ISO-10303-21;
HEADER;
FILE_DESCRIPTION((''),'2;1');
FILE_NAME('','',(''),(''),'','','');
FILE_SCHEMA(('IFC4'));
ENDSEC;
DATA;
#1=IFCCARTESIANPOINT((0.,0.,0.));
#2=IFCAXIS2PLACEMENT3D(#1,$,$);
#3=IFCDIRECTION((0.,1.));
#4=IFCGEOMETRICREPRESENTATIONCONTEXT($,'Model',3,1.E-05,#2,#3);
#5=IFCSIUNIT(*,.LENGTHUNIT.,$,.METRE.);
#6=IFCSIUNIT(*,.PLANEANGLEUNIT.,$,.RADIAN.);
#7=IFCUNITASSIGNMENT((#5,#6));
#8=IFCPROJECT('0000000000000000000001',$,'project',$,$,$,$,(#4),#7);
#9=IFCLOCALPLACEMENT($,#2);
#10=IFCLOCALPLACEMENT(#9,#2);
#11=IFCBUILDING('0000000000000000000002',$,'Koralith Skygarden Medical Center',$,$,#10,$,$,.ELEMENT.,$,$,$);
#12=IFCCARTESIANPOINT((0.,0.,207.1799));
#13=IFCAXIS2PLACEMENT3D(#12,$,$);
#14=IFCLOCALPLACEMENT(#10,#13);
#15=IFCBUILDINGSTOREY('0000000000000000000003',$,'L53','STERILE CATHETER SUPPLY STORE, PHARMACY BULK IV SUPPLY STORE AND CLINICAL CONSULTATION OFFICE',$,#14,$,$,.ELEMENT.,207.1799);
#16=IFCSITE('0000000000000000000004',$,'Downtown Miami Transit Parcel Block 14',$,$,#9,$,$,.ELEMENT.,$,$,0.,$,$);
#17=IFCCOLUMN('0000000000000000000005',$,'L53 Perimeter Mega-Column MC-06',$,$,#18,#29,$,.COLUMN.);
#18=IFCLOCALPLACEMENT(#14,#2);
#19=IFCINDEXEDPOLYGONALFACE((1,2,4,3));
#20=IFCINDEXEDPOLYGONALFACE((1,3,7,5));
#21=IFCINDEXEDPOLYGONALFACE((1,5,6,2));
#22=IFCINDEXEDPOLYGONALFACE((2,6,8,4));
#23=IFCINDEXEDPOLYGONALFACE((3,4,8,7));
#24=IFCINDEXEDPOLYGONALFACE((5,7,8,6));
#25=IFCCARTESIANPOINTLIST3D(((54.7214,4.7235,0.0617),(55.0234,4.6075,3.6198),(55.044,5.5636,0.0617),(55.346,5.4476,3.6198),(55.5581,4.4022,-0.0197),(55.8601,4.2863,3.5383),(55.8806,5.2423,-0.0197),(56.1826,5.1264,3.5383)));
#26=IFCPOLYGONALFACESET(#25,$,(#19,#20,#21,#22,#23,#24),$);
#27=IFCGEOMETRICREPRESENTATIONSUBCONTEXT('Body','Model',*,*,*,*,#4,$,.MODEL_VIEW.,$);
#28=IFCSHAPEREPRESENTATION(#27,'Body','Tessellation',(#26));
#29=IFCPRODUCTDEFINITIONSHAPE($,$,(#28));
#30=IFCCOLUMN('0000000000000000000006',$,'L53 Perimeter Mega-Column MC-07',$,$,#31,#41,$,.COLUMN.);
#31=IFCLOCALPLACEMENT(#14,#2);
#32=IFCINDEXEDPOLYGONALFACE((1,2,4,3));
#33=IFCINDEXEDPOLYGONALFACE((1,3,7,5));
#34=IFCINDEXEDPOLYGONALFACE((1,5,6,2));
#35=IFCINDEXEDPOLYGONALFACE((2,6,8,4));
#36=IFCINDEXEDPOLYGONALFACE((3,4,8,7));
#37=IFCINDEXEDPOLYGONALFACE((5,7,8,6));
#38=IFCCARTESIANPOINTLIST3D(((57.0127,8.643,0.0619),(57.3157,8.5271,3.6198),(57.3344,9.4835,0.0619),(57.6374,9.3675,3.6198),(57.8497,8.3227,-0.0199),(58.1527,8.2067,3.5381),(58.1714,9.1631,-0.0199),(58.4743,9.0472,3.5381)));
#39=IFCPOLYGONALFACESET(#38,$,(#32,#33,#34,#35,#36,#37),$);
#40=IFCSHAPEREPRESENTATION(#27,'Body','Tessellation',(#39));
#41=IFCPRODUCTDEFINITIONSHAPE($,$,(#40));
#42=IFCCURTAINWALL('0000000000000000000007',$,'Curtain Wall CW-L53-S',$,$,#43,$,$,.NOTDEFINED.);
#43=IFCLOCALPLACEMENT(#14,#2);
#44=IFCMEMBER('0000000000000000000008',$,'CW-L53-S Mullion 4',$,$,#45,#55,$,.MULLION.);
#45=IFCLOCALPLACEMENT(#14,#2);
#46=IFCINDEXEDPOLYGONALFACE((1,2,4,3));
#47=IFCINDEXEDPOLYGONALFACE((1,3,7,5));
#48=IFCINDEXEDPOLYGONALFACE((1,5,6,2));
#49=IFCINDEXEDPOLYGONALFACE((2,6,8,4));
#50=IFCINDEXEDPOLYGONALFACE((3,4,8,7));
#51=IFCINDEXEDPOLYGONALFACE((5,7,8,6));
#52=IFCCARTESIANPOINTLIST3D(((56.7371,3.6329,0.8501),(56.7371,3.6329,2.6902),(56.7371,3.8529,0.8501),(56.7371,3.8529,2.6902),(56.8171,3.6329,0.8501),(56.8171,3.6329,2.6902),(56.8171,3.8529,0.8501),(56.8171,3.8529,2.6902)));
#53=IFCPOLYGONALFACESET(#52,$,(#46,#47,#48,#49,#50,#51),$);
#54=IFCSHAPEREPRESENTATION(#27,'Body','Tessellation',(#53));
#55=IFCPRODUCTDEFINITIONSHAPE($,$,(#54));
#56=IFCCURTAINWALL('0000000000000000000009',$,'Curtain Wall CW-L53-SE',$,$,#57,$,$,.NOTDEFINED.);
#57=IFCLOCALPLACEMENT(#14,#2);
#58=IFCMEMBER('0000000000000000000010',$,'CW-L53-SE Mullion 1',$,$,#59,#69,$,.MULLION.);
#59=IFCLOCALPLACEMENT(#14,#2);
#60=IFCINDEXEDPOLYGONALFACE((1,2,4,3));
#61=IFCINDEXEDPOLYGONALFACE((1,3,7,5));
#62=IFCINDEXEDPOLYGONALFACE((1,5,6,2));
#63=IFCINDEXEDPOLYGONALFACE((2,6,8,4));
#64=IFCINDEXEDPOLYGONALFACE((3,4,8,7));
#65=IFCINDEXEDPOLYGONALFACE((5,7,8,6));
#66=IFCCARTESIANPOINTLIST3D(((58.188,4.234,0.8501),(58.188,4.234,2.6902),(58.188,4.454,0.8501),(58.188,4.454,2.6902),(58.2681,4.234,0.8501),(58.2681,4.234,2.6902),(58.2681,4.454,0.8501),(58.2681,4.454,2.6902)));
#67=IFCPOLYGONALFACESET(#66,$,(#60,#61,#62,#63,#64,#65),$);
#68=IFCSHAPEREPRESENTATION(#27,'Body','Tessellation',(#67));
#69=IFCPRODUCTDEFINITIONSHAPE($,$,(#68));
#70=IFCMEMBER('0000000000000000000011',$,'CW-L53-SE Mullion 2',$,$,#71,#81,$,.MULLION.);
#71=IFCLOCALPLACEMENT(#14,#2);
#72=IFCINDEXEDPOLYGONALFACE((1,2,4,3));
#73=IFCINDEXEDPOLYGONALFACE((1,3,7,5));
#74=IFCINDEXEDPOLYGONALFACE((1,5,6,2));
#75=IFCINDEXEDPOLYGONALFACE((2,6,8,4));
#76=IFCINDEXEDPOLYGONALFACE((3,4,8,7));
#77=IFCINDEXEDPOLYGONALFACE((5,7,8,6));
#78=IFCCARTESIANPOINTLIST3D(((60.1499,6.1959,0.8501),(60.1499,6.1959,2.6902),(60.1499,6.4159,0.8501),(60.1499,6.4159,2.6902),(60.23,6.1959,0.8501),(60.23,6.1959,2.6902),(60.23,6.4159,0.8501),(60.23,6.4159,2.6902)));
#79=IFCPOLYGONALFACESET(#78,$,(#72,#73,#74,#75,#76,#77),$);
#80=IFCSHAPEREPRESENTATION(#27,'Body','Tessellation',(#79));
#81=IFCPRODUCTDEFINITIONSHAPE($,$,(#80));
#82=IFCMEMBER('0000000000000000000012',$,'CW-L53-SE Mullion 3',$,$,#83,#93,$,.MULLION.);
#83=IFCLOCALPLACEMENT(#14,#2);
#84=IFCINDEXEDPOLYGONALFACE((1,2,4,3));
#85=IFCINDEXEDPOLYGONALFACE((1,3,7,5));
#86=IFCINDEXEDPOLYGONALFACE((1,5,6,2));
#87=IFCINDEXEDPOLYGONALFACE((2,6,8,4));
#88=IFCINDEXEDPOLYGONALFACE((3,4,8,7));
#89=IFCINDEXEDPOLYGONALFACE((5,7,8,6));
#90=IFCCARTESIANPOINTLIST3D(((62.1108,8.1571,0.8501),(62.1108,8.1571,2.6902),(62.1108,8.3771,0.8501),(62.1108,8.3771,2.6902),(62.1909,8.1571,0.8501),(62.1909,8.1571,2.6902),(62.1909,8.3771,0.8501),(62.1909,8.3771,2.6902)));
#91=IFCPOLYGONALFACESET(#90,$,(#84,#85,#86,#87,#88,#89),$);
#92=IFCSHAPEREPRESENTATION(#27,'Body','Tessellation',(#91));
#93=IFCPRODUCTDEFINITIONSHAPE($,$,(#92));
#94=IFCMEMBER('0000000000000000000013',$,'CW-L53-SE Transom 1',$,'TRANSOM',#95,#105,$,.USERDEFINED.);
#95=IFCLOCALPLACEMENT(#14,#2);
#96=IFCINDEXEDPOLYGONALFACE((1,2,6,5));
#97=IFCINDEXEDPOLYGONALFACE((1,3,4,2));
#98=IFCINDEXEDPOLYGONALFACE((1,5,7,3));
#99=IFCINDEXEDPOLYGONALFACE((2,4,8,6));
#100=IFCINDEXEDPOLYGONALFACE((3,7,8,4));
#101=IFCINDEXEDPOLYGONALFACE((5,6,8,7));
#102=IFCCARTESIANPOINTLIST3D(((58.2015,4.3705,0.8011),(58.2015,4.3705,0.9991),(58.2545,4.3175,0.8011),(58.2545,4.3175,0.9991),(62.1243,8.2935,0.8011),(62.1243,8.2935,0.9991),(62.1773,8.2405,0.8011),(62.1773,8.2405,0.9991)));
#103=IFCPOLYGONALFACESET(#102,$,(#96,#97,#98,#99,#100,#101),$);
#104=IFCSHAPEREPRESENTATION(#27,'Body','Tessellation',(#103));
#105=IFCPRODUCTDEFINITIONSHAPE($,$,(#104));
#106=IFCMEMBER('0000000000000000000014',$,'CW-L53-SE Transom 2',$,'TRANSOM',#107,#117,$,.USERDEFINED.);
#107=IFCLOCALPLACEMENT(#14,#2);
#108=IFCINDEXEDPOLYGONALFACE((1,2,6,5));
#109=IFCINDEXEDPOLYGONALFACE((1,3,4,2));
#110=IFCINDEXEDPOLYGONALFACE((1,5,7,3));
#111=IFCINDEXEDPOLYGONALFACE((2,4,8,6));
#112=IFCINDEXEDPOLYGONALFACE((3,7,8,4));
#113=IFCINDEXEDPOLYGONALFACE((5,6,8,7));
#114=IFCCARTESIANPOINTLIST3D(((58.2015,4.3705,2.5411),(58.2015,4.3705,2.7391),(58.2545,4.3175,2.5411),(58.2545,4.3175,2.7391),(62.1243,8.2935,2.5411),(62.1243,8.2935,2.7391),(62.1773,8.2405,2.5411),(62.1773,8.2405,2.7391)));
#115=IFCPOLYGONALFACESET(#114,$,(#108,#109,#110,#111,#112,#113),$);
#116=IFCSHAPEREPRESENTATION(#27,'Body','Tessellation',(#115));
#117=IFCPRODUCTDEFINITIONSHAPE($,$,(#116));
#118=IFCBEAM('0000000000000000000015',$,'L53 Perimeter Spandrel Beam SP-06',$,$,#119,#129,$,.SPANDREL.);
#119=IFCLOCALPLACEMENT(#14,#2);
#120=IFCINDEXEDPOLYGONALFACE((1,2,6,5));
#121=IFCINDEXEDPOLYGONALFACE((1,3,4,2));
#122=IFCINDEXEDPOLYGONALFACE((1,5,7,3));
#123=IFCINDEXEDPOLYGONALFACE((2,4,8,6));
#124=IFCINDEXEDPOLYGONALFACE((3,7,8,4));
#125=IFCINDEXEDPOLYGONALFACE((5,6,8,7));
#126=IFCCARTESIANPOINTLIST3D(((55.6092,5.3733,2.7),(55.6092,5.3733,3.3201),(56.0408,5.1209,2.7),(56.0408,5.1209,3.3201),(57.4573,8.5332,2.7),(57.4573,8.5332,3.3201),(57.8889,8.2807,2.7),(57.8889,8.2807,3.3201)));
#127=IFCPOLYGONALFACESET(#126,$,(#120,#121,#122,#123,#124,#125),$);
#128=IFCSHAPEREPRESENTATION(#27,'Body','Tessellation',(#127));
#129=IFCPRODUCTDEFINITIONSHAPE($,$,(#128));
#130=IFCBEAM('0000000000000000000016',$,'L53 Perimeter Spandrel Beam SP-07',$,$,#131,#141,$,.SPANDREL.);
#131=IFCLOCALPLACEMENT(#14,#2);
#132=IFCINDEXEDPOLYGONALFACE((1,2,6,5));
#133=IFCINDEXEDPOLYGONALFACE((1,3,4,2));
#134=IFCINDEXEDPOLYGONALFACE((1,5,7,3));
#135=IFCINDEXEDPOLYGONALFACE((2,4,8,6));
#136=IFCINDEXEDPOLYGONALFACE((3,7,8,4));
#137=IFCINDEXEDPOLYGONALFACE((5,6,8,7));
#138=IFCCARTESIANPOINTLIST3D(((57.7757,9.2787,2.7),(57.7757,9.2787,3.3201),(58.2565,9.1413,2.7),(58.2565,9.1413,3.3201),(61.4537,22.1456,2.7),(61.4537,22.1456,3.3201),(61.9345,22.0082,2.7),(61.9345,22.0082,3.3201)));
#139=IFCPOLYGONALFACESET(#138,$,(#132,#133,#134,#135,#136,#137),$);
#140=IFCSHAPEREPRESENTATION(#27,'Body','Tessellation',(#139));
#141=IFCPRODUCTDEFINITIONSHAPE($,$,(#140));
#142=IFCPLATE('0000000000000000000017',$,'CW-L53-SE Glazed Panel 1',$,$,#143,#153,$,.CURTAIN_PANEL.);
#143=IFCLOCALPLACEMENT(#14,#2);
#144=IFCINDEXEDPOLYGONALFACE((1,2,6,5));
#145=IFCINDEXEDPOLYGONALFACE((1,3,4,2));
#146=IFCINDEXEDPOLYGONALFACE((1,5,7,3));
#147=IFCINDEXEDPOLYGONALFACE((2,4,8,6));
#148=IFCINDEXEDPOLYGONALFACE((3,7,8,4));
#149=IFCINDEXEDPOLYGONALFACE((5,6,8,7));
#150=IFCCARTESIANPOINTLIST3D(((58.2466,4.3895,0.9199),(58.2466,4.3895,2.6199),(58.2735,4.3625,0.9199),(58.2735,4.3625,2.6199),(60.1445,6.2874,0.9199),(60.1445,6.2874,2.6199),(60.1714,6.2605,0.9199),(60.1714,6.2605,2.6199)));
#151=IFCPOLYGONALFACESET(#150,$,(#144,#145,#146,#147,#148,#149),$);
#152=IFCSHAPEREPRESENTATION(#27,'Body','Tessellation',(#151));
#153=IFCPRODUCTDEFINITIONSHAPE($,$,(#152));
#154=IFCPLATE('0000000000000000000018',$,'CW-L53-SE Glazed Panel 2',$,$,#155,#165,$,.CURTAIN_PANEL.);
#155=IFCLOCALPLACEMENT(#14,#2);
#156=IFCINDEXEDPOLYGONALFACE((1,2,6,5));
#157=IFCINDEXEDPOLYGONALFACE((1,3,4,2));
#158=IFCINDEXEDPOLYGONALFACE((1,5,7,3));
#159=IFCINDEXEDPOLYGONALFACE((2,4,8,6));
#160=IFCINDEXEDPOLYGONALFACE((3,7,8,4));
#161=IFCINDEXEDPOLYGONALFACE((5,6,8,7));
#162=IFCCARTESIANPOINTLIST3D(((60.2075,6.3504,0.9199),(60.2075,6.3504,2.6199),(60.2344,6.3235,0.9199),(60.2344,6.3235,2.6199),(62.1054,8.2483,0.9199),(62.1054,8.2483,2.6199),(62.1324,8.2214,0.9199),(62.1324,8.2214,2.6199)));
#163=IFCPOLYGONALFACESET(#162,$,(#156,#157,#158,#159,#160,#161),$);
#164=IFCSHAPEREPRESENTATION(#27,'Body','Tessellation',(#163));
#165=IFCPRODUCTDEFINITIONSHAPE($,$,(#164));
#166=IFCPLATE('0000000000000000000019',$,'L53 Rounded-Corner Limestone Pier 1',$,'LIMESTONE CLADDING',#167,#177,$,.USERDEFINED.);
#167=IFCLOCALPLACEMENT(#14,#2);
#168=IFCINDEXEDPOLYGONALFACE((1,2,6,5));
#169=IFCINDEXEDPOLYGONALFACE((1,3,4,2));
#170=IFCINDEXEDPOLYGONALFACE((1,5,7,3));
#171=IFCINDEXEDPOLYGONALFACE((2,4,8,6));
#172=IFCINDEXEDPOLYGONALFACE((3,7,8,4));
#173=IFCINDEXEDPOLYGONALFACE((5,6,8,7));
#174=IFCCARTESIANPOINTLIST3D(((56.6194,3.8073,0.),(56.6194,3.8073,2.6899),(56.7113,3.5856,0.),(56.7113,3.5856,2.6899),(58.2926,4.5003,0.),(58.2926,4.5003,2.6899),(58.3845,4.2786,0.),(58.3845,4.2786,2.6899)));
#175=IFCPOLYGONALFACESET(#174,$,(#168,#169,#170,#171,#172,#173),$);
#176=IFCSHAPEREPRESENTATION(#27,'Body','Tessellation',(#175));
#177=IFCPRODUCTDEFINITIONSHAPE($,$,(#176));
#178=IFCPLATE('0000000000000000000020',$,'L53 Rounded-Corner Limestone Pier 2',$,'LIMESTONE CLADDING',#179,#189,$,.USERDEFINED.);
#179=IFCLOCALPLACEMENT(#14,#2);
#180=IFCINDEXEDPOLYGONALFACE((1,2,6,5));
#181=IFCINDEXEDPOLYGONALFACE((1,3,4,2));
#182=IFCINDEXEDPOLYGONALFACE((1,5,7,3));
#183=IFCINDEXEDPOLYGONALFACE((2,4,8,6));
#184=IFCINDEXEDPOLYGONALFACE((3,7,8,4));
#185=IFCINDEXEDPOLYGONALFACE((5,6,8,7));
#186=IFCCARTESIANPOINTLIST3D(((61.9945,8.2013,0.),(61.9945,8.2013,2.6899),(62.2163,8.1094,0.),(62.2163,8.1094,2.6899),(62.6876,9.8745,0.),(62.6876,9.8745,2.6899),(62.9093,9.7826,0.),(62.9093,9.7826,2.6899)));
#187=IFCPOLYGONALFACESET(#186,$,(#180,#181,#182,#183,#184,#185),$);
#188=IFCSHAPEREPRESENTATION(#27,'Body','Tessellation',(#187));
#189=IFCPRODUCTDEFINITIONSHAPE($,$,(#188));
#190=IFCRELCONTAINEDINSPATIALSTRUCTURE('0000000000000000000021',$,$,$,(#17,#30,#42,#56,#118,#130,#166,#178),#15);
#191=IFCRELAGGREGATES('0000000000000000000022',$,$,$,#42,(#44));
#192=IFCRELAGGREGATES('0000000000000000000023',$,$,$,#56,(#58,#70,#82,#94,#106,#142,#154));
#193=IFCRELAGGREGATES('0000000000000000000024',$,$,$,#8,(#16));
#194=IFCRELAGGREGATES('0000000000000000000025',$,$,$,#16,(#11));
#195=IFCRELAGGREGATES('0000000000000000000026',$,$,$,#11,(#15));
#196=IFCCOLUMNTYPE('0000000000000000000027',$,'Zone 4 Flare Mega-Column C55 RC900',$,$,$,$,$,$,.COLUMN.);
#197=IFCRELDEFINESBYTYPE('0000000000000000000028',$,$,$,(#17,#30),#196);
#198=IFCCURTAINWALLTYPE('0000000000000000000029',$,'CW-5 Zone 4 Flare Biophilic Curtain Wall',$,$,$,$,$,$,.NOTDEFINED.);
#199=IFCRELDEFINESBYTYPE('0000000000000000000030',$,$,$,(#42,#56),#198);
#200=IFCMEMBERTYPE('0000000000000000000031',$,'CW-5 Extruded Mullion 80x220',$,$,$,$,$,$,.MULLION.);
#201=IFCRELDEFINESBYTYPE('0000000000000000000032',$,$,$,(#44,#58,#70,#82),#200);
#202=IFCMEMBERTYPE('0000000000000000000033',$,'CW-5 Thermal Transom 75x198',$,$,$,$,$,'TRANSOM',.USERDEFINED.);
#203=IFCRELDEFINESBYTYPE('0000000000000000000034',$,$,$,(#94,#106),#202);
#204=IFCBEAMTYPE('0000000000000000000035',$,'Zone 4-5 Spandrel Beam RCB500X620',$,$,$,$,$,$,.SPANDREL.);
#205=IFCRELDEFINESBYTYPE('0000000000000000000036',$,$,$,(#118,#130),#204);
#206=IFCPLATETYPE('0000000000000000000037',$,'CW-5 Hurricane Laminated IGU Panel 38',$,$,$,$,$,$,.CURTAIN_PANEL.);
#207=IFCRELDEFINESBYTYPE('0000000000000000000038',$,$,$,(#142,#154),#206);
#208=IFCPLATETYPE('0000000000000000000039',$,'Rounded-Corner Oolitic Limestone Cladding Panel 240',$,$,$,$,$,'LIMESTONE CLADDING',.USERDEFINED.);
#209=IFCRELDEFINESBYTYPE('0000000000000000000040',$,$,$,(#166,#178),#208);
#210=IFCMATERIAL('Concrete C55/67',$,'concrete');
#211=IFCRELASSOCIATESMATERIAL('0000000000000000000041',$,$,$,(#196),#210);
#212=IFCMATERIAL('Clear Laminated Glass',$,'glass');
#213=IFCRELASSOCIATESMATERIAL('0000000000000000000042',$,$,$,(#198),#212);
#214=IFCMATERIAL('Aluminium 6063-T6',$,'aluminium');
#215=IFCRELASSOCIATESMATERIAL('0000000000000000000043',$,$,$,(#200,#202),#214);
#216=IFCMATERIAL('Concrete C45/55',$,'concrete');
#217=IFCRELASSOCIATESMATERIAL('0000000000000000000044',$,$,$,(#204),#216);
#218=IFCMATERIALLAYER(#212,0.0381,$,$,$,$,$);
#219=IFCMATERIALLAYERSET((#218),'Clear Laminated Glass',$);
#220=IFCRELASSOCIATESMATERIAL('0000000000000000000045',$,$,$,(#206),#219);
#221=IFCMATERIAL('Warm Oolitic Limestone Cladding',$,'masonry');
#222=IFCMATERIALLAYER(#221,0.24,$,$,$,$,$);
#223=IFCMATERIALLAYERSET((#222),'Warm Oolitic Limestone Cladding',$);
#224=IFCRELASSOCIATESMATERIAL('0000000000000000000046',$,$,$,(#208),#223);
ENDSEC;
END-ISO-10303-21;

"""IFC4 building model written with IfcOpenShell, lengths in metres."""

from ifc_helpers import new_model, si_unit, direction, frame, origin, origin_2d, place, context, subcontext, project, spatial, rectangle, extrude, material, layer, layer_set, material_profile, profile_set, type_object, element, aggregate, save


model = new_model("IFC4")

# Units and contexts
model_context = context("Model", 3, precision=1e-05, world=origin(), true_north=direction((0.0, 1.0)))
body_context = subcontext(model_context, "Body", "Model", "MODEL_VIEW")
ifc_project = project(units=[si_unit("LENGTHUNIT", "METRE"), si_unit("PLANEANGLEUNIT", "RADIAN")], contexts=[model_context])

# Site, building, storey
site_placement = place(None, origin())
site = spatial("IfcSite", under=ifc_project, at=site_placement, Name="Downtown Miami Transit Parcel Block 14", CompositionType="ELEMENT", RefElevation=0.0)
building_placement = place(site_placement, origin())
building = spatial("IfcBuilding", under=site, at=building_placement, Name="Koralith Skygarden Medical Center", CompositionType="ELEMENT")
storey_placement = place(building_placement, frame((0.0, 0.0, 207.1799)))
storey = spatial("IfcBuildingStorey", under=building, at=storey_placement, Name="L53", Description="STERILE CATHETER SUPPLY STORE, PHARMACY BULK IV SUPPLY STORE AND CLINICAL CONSULTATION OFFICE", CompositionType="ELEMENT", Elevation=207.1799)

# Columns
ifc_material_1 = material(Name="Concrete C55/67", Category="concrete")
ifc_material_profile_1 = material_profile(ifc_material_1, rectangle(XDim=0.8999, YDim=0.8999, at=origin_2d()), Name="RC900X900")
ifc_profile_set_1 = profile_set([ifc_material_profile_1], Name="Concrete C55/67")
column_type = type_object("IfcColumnType", Name="Zone 4 Flare Mega-Column C55 RC900", PredefinedType="COLUMN", material=ifc_profile_set_1)
for number, where, z_axis, x_axis, name in (
    (1, (55.301, 4.9829, 0.021), (0.084529, -0.032458, 0.995892), (0.358473, 0.93354, 0.0), "L53 Perimeter Mega-Column MC-06"),
    (2, (57.592, 8.9031, 0.021), (0.0848, -0.032458, 0.995869), (0.357466, 0.933926, 0.0), "L53 Perimeter Mega-Column MC-07"),
):
    element("IfcColumn", number, at=place(storey_placement, frame(where, z_axis=z_axis, x_axis=x_axis)), inside=storey, type_object=column_type, Name=name, PredefinedType="COLUMN", context=body_context, shape_type="SweptSolid", body=[
        extrude(rectangle(XDim=0.8999, YDim=0.8999, at=origin_2d()), origin(), (0.0, 0.0, 1.0), 3.5728),
    ])

# Curtain wall, member
ifc_material_2 = material(Name="Clear Laminated Glass", Category="glass")
curtain_wall_type = type_object("IfcCurtainWallType", Name="CW-5 Zone 4 Flare Biophilic Curtain Wall", PredefinedType="NOTDEFINED", material=ifc_material_2)
curtain_wall_1_placement = place(storey_placement, origin())
curtain_wall_1 = element("IfcCurtainWall", 3, at=curtain_wall_1_placement, inside=storey, type_object=curtain_wall_type, Name="Curtain Wall CW-L53-S", PredefinedType="NOTDEFINED")
ifc_material_3 = material(Name="Aluminium 6063-T6", Category="aluminium")
ifc_material_profile_2 = material_profile(ifc_material_3, rectangle(XDim=0.0801, YDim=0.22, at=origin_2d()), Name="MUL80X220")
ifc_profile_set_2 = profile_set([ifc_material_profile_2], Name="Aluminium 6063-T6")
member_type_1 = type_object("IfcMemberType", Name="CW-5 Extruded Mullion 80x220", PredefinedType="MULLION", material=ifc_profile_set_2)
member_1_placement = place(storey_placement, frame((56.7771, 3.7429, 0.8501), z_axis=(0.0, 0.0, 1.0), x_axis=(1.0, 0.0, 0.0)))
member_1 = element("IfcMember", 4, at=member_1_placement, type_object=member_type_1, Name="CW-L53-S Mullion 4", PredefinedType="MULLION", context=body_context, shape_type="SweptSolid", body=[
    extrude(rectangle(XDim=0.0801, YDim=0.22, at=origin_2d()), origin(), (0.0, 0.0, 1.0), 1.8401),
])
aggregate(curtain_wall_1, [member_1])

# Curtain wall, members
curtain_wall_2_placement = place(storey_placement, origin())
curtain_wall_2 = element("IfcCurtainWall", 5, at=curtain_wall_2_placement, inside=storey, type_object=curtain_wall_type, Name="Curtain Wall CW-L53-SE", PredefinedType="NOTDEFINED")
member_2_placement = place(storey_placement, frame((58.228, 4.344, 0.8501), z_axis=(0.0, 0.0, 1.0), x_axis=(1.0, 0.0, 0.0)))
member_2 = element("IfcMember", 6, at=member_2_placement, type_object=member_type_1, Name="CW-L53-SE Mullion 1", PredefinedType="MULLION", context=body_context, shape_type="SweptSolid", body=[
    extrude(rectangle(XDim=0.0801, YDim=0.22, at=origin_2d()), origin(), (0.0, 0.0, 1.0), 1.8401),
])
member_3_placement = place(storey_placement, frame((60.1899, 6.3059, 0.8501), z_axis=(0.0, 0.0, 1.0), x_axis=(1.0, 0.0, 0.0)))
member_3 = element("IfcMember", 7, at=member_3_placement, type_object=member_type_1, Name="CW-L53-SE Mullion 2", PredefinedType="MULLION", context=body_context, shape_type="SweptSolid", body=[
    extrude(rectangle(XDim=0.0801, YDim=0.22, at=origin_2d()), origin(), (0.0, 0.0, 1.0), 1.8401),
])
member_4_placement = place(storey_placement, frame((62.1509, 8.2671, 0.8501), z_axis=(0.0, 0.0, 1.0), x_axis=(1.0, 0.0, 0.0)))
member_4 = element("IfcMember", 8, at=member_4_placement, type_object=member_type_1, Name="CW-L53-SE Mullion 3", PredefinedType="MULLION", context=body_context, shape_type="SweptSolid", body=[
    extrude(rectangle(XDim=0.0801, YDim=0.22, at=origin_2d()), origin(), (0.0, 0.0, 1.0), 1.8401),
])
ifc_material_profile_3 = material_profile(ifc_material_3, rectangle(XDim=0.075, YDim=0.198, at=origin_2d()), Name="TRN75X198")
ifc_profile_set_3 = profile_set([ifc_material_profile_3], Name="Aluminium 6063-T6")
member_type_2 = type_object("IfcMemberType", Name="CW-5 Thermal Transom 75x198", ElementType="TRANSOM", PredefinedType="USERDEFINED", material=ifc_profile_set_3)
member_5_placement = place(storey_placement, frame((58.228, 4.344, 0.9001), z_axis=(0.707085, 0.707129, 0.0), x_axis=(-0.707129, 0.707085, 0.0)))
member_5 = element("IfcMember", 9, at=member_5_placement, type_object=member_type_2, Name="CW-L53-SE Transom 1", ObjectType="TRANSOM", PredefinedType="USERDEFINED", context=body_context, shape_type="SweptSolid", body=[
    extrude(rectangle(XDim=0.075, YDim=0.198, at=origin_2d()), origin(), (0.0, 0.0, 1.0), 5.5479),
])
member_6_placement = place(storey_placement, frame((58.228, 4.344, 2.6401), z_axis=(0.707085, 0.707129, 0.0), x_axis=(-0.707129, 0.707085, 0.0)))
member_6 = element("IfcMember", 10, at=member_6_placement, type_object=member_type_2, Name="CW-L53-SE Transom 2", ObjectType="TRANSOM", PredefinedType="USERDEFINED", context=body_context, shape_type="SweptSolid", body=[
    extrude(rectangle(XDim=0.075, YDim=0.198, at=origin_2d()), origin(), (0.0, 0.0, 1.0), 5.5479),
])

# Beams
ifc_material_4 = material(Name="Concrete C45/55", Category="concrete")
ifc_material_profile_4 = material_profile(ifc_material_4, rectangle(XDim=0.5, YDim=0.6201, at=origin_2d()), Name="RCB500X620")
ifc_profile_set_4 = profile_set([ifc_material_profile_4], Name="Concrete C45/55")
beam_type = type_object("IfcBeamType", Name="Zone 4-5 Spandrel Beam RCB500X620", PredefinedType="SPANDREL", material=ifc_profile_set_4)
beam_1_placement = place(storey_placement, frame((55.825, 5.2471, 3.01), z_axis=(0.504862, 0.8632, 0.0), x_axis=(-0.8632, 0.504862, 0.0)))
element("IfcBeam", 11, at=beam_1_placement, inside=storey, type_object=beam_type, Name="L53 Perimeter Spandrel Beam SP-06", PredefinedType="SPANDREL", context=body_context, shape_type="SweptSolid", body=[
    extrude(rectangle(XDim=0.5, YDim=0.6201, at=origin_2d()), origin(), (0.0, 0.0, 1.0), 3.6606),
])
beam_2_placement = place(storey_placement, frame((58.0161, 9.21, 3.01), z_axis=(0.274839, 0.96149, 0.0), x_axis=(-0.96149, 0.274839, 0.0)))
element("IfcBeam", 12, at=beam_2_placement, inside=storey, type_object=beam_type, Name="L53 Perimeter Spandrel Beam SP-07", PredefinedType="SPANDREL", context=body_context, shape_type="SweptSolid", body=[
    extrude(rectangle(XDim=0.5, YDim=0.6201, at=origin_2d()), origin(), (0.0, 0.0, 1.0), 13.3823),
])

# Plates
ifc_layer_1 = layer(ifc_material_2, 0.0381)
ifc_layer_set_1 = layer_set([ifc_layer_1], Name="Clear Laminated Glass")
plate_type_1 = type_object("IfcPlateType", Name="CW-5 Hurricane Laminated IGU Panel 38", PredefinedType="CURTAIN_PANEL", material=ifc_layer_set_1)
plate_1_placement = place(storey_placement, frame((59.209, 5.325, 0.9199), z_axis=(0.0, 0.0, 1.0), x_axis=(0.707107, 0.707107, 0.0)))
plate_1 = element("IfcPlate", 13, at=plate_1_placement, type_object=plate_type_1, Name="CW-L53-SE Glazed Panel 1", PredefinedType="CURTAIN_PANEL", context=body_context, shape_type="SweptSolid", body=[
    extrude(rectangle(XDim=2.6841, YDim=0.0381, at=origin_2d()), origin(), (0.0, 0.0, 1.0), 1.7),
])
plate_2_placement = place(storey_placement, frame((61.1699, 7.2859, 0.9199), z_axis=(0.0, 0.0, 1.0), x_axis=(0.707107, 0.707107, 0.0)))
plate_2 = element("IfcPlate", 14, at=plate_2_placement, type_object=plate_type_1, Name="CW-L53-SE Glazed Panel 2", PredefinedType="CURTAIN_PANEL", context=body_context, shape_type="SweptSolid", body=[
    extrude(rectangle(XDim=2.6841, YDim=0.0381, at=origin_2d()), origin(), (0.0, 0.0, 1.0), 1.7),
])
aggregate(curtain_wall_2, [member_2, member_3, member_4, member_5, member_6, plate_1, plate_2])

# Plates
ifc_material_5 = material(Name="Warm Oolitic Limestone Cladding", Category="masonry")
ifc_layer_2 = layer(ifc_material_5, 0.24)
ifc_layer_set_2 = layer_set([ifc_layer_2], Name="Warm Oolitic Limestone Cladding")
plate_type_2 = type_object("IfcPlateType", Name="Rounded-Corner Oolitic Limestone Cladding Panel 240", ElementType="LIMESTONE CLADDING", PredefinedType="USERDEFINED", material=ifc_layer_set_2)
for number, where, z_axis, x_axis, name in (
    (15, (57.502, 4.043, 0.0), (0.0, 0.0, 1.0), (0.923885, 0.382671, 0.0), "L53 Rounded-Corner Limestone Pier 1"),
    (16, (62.4519, 8.9919, 0.0), (0.0, 0.0, 1.0), (0.382671, 0.923885, 0.0), "L53 Rounded-Corner Limestone Pier 2"),
):
    element("IfcPlate", number, at=place(storey_placement, frame(where, z_axis=z_axis, x_axis=x_axis)), inside=storey, type_object=plate_type_2, Name=name, ObjectType="LIMESTONE CLADDING", PredefinedType="USERDEFINED", context=body_context, shape_type="SweptSolid", body=[
        extrude(rectangle(XDim=1.811, YDim=0.24, at=origin_2d()), origin(), (0.0, 0.0, 1.0), 2.6899),
    ])

save(model, "model.ifc")
